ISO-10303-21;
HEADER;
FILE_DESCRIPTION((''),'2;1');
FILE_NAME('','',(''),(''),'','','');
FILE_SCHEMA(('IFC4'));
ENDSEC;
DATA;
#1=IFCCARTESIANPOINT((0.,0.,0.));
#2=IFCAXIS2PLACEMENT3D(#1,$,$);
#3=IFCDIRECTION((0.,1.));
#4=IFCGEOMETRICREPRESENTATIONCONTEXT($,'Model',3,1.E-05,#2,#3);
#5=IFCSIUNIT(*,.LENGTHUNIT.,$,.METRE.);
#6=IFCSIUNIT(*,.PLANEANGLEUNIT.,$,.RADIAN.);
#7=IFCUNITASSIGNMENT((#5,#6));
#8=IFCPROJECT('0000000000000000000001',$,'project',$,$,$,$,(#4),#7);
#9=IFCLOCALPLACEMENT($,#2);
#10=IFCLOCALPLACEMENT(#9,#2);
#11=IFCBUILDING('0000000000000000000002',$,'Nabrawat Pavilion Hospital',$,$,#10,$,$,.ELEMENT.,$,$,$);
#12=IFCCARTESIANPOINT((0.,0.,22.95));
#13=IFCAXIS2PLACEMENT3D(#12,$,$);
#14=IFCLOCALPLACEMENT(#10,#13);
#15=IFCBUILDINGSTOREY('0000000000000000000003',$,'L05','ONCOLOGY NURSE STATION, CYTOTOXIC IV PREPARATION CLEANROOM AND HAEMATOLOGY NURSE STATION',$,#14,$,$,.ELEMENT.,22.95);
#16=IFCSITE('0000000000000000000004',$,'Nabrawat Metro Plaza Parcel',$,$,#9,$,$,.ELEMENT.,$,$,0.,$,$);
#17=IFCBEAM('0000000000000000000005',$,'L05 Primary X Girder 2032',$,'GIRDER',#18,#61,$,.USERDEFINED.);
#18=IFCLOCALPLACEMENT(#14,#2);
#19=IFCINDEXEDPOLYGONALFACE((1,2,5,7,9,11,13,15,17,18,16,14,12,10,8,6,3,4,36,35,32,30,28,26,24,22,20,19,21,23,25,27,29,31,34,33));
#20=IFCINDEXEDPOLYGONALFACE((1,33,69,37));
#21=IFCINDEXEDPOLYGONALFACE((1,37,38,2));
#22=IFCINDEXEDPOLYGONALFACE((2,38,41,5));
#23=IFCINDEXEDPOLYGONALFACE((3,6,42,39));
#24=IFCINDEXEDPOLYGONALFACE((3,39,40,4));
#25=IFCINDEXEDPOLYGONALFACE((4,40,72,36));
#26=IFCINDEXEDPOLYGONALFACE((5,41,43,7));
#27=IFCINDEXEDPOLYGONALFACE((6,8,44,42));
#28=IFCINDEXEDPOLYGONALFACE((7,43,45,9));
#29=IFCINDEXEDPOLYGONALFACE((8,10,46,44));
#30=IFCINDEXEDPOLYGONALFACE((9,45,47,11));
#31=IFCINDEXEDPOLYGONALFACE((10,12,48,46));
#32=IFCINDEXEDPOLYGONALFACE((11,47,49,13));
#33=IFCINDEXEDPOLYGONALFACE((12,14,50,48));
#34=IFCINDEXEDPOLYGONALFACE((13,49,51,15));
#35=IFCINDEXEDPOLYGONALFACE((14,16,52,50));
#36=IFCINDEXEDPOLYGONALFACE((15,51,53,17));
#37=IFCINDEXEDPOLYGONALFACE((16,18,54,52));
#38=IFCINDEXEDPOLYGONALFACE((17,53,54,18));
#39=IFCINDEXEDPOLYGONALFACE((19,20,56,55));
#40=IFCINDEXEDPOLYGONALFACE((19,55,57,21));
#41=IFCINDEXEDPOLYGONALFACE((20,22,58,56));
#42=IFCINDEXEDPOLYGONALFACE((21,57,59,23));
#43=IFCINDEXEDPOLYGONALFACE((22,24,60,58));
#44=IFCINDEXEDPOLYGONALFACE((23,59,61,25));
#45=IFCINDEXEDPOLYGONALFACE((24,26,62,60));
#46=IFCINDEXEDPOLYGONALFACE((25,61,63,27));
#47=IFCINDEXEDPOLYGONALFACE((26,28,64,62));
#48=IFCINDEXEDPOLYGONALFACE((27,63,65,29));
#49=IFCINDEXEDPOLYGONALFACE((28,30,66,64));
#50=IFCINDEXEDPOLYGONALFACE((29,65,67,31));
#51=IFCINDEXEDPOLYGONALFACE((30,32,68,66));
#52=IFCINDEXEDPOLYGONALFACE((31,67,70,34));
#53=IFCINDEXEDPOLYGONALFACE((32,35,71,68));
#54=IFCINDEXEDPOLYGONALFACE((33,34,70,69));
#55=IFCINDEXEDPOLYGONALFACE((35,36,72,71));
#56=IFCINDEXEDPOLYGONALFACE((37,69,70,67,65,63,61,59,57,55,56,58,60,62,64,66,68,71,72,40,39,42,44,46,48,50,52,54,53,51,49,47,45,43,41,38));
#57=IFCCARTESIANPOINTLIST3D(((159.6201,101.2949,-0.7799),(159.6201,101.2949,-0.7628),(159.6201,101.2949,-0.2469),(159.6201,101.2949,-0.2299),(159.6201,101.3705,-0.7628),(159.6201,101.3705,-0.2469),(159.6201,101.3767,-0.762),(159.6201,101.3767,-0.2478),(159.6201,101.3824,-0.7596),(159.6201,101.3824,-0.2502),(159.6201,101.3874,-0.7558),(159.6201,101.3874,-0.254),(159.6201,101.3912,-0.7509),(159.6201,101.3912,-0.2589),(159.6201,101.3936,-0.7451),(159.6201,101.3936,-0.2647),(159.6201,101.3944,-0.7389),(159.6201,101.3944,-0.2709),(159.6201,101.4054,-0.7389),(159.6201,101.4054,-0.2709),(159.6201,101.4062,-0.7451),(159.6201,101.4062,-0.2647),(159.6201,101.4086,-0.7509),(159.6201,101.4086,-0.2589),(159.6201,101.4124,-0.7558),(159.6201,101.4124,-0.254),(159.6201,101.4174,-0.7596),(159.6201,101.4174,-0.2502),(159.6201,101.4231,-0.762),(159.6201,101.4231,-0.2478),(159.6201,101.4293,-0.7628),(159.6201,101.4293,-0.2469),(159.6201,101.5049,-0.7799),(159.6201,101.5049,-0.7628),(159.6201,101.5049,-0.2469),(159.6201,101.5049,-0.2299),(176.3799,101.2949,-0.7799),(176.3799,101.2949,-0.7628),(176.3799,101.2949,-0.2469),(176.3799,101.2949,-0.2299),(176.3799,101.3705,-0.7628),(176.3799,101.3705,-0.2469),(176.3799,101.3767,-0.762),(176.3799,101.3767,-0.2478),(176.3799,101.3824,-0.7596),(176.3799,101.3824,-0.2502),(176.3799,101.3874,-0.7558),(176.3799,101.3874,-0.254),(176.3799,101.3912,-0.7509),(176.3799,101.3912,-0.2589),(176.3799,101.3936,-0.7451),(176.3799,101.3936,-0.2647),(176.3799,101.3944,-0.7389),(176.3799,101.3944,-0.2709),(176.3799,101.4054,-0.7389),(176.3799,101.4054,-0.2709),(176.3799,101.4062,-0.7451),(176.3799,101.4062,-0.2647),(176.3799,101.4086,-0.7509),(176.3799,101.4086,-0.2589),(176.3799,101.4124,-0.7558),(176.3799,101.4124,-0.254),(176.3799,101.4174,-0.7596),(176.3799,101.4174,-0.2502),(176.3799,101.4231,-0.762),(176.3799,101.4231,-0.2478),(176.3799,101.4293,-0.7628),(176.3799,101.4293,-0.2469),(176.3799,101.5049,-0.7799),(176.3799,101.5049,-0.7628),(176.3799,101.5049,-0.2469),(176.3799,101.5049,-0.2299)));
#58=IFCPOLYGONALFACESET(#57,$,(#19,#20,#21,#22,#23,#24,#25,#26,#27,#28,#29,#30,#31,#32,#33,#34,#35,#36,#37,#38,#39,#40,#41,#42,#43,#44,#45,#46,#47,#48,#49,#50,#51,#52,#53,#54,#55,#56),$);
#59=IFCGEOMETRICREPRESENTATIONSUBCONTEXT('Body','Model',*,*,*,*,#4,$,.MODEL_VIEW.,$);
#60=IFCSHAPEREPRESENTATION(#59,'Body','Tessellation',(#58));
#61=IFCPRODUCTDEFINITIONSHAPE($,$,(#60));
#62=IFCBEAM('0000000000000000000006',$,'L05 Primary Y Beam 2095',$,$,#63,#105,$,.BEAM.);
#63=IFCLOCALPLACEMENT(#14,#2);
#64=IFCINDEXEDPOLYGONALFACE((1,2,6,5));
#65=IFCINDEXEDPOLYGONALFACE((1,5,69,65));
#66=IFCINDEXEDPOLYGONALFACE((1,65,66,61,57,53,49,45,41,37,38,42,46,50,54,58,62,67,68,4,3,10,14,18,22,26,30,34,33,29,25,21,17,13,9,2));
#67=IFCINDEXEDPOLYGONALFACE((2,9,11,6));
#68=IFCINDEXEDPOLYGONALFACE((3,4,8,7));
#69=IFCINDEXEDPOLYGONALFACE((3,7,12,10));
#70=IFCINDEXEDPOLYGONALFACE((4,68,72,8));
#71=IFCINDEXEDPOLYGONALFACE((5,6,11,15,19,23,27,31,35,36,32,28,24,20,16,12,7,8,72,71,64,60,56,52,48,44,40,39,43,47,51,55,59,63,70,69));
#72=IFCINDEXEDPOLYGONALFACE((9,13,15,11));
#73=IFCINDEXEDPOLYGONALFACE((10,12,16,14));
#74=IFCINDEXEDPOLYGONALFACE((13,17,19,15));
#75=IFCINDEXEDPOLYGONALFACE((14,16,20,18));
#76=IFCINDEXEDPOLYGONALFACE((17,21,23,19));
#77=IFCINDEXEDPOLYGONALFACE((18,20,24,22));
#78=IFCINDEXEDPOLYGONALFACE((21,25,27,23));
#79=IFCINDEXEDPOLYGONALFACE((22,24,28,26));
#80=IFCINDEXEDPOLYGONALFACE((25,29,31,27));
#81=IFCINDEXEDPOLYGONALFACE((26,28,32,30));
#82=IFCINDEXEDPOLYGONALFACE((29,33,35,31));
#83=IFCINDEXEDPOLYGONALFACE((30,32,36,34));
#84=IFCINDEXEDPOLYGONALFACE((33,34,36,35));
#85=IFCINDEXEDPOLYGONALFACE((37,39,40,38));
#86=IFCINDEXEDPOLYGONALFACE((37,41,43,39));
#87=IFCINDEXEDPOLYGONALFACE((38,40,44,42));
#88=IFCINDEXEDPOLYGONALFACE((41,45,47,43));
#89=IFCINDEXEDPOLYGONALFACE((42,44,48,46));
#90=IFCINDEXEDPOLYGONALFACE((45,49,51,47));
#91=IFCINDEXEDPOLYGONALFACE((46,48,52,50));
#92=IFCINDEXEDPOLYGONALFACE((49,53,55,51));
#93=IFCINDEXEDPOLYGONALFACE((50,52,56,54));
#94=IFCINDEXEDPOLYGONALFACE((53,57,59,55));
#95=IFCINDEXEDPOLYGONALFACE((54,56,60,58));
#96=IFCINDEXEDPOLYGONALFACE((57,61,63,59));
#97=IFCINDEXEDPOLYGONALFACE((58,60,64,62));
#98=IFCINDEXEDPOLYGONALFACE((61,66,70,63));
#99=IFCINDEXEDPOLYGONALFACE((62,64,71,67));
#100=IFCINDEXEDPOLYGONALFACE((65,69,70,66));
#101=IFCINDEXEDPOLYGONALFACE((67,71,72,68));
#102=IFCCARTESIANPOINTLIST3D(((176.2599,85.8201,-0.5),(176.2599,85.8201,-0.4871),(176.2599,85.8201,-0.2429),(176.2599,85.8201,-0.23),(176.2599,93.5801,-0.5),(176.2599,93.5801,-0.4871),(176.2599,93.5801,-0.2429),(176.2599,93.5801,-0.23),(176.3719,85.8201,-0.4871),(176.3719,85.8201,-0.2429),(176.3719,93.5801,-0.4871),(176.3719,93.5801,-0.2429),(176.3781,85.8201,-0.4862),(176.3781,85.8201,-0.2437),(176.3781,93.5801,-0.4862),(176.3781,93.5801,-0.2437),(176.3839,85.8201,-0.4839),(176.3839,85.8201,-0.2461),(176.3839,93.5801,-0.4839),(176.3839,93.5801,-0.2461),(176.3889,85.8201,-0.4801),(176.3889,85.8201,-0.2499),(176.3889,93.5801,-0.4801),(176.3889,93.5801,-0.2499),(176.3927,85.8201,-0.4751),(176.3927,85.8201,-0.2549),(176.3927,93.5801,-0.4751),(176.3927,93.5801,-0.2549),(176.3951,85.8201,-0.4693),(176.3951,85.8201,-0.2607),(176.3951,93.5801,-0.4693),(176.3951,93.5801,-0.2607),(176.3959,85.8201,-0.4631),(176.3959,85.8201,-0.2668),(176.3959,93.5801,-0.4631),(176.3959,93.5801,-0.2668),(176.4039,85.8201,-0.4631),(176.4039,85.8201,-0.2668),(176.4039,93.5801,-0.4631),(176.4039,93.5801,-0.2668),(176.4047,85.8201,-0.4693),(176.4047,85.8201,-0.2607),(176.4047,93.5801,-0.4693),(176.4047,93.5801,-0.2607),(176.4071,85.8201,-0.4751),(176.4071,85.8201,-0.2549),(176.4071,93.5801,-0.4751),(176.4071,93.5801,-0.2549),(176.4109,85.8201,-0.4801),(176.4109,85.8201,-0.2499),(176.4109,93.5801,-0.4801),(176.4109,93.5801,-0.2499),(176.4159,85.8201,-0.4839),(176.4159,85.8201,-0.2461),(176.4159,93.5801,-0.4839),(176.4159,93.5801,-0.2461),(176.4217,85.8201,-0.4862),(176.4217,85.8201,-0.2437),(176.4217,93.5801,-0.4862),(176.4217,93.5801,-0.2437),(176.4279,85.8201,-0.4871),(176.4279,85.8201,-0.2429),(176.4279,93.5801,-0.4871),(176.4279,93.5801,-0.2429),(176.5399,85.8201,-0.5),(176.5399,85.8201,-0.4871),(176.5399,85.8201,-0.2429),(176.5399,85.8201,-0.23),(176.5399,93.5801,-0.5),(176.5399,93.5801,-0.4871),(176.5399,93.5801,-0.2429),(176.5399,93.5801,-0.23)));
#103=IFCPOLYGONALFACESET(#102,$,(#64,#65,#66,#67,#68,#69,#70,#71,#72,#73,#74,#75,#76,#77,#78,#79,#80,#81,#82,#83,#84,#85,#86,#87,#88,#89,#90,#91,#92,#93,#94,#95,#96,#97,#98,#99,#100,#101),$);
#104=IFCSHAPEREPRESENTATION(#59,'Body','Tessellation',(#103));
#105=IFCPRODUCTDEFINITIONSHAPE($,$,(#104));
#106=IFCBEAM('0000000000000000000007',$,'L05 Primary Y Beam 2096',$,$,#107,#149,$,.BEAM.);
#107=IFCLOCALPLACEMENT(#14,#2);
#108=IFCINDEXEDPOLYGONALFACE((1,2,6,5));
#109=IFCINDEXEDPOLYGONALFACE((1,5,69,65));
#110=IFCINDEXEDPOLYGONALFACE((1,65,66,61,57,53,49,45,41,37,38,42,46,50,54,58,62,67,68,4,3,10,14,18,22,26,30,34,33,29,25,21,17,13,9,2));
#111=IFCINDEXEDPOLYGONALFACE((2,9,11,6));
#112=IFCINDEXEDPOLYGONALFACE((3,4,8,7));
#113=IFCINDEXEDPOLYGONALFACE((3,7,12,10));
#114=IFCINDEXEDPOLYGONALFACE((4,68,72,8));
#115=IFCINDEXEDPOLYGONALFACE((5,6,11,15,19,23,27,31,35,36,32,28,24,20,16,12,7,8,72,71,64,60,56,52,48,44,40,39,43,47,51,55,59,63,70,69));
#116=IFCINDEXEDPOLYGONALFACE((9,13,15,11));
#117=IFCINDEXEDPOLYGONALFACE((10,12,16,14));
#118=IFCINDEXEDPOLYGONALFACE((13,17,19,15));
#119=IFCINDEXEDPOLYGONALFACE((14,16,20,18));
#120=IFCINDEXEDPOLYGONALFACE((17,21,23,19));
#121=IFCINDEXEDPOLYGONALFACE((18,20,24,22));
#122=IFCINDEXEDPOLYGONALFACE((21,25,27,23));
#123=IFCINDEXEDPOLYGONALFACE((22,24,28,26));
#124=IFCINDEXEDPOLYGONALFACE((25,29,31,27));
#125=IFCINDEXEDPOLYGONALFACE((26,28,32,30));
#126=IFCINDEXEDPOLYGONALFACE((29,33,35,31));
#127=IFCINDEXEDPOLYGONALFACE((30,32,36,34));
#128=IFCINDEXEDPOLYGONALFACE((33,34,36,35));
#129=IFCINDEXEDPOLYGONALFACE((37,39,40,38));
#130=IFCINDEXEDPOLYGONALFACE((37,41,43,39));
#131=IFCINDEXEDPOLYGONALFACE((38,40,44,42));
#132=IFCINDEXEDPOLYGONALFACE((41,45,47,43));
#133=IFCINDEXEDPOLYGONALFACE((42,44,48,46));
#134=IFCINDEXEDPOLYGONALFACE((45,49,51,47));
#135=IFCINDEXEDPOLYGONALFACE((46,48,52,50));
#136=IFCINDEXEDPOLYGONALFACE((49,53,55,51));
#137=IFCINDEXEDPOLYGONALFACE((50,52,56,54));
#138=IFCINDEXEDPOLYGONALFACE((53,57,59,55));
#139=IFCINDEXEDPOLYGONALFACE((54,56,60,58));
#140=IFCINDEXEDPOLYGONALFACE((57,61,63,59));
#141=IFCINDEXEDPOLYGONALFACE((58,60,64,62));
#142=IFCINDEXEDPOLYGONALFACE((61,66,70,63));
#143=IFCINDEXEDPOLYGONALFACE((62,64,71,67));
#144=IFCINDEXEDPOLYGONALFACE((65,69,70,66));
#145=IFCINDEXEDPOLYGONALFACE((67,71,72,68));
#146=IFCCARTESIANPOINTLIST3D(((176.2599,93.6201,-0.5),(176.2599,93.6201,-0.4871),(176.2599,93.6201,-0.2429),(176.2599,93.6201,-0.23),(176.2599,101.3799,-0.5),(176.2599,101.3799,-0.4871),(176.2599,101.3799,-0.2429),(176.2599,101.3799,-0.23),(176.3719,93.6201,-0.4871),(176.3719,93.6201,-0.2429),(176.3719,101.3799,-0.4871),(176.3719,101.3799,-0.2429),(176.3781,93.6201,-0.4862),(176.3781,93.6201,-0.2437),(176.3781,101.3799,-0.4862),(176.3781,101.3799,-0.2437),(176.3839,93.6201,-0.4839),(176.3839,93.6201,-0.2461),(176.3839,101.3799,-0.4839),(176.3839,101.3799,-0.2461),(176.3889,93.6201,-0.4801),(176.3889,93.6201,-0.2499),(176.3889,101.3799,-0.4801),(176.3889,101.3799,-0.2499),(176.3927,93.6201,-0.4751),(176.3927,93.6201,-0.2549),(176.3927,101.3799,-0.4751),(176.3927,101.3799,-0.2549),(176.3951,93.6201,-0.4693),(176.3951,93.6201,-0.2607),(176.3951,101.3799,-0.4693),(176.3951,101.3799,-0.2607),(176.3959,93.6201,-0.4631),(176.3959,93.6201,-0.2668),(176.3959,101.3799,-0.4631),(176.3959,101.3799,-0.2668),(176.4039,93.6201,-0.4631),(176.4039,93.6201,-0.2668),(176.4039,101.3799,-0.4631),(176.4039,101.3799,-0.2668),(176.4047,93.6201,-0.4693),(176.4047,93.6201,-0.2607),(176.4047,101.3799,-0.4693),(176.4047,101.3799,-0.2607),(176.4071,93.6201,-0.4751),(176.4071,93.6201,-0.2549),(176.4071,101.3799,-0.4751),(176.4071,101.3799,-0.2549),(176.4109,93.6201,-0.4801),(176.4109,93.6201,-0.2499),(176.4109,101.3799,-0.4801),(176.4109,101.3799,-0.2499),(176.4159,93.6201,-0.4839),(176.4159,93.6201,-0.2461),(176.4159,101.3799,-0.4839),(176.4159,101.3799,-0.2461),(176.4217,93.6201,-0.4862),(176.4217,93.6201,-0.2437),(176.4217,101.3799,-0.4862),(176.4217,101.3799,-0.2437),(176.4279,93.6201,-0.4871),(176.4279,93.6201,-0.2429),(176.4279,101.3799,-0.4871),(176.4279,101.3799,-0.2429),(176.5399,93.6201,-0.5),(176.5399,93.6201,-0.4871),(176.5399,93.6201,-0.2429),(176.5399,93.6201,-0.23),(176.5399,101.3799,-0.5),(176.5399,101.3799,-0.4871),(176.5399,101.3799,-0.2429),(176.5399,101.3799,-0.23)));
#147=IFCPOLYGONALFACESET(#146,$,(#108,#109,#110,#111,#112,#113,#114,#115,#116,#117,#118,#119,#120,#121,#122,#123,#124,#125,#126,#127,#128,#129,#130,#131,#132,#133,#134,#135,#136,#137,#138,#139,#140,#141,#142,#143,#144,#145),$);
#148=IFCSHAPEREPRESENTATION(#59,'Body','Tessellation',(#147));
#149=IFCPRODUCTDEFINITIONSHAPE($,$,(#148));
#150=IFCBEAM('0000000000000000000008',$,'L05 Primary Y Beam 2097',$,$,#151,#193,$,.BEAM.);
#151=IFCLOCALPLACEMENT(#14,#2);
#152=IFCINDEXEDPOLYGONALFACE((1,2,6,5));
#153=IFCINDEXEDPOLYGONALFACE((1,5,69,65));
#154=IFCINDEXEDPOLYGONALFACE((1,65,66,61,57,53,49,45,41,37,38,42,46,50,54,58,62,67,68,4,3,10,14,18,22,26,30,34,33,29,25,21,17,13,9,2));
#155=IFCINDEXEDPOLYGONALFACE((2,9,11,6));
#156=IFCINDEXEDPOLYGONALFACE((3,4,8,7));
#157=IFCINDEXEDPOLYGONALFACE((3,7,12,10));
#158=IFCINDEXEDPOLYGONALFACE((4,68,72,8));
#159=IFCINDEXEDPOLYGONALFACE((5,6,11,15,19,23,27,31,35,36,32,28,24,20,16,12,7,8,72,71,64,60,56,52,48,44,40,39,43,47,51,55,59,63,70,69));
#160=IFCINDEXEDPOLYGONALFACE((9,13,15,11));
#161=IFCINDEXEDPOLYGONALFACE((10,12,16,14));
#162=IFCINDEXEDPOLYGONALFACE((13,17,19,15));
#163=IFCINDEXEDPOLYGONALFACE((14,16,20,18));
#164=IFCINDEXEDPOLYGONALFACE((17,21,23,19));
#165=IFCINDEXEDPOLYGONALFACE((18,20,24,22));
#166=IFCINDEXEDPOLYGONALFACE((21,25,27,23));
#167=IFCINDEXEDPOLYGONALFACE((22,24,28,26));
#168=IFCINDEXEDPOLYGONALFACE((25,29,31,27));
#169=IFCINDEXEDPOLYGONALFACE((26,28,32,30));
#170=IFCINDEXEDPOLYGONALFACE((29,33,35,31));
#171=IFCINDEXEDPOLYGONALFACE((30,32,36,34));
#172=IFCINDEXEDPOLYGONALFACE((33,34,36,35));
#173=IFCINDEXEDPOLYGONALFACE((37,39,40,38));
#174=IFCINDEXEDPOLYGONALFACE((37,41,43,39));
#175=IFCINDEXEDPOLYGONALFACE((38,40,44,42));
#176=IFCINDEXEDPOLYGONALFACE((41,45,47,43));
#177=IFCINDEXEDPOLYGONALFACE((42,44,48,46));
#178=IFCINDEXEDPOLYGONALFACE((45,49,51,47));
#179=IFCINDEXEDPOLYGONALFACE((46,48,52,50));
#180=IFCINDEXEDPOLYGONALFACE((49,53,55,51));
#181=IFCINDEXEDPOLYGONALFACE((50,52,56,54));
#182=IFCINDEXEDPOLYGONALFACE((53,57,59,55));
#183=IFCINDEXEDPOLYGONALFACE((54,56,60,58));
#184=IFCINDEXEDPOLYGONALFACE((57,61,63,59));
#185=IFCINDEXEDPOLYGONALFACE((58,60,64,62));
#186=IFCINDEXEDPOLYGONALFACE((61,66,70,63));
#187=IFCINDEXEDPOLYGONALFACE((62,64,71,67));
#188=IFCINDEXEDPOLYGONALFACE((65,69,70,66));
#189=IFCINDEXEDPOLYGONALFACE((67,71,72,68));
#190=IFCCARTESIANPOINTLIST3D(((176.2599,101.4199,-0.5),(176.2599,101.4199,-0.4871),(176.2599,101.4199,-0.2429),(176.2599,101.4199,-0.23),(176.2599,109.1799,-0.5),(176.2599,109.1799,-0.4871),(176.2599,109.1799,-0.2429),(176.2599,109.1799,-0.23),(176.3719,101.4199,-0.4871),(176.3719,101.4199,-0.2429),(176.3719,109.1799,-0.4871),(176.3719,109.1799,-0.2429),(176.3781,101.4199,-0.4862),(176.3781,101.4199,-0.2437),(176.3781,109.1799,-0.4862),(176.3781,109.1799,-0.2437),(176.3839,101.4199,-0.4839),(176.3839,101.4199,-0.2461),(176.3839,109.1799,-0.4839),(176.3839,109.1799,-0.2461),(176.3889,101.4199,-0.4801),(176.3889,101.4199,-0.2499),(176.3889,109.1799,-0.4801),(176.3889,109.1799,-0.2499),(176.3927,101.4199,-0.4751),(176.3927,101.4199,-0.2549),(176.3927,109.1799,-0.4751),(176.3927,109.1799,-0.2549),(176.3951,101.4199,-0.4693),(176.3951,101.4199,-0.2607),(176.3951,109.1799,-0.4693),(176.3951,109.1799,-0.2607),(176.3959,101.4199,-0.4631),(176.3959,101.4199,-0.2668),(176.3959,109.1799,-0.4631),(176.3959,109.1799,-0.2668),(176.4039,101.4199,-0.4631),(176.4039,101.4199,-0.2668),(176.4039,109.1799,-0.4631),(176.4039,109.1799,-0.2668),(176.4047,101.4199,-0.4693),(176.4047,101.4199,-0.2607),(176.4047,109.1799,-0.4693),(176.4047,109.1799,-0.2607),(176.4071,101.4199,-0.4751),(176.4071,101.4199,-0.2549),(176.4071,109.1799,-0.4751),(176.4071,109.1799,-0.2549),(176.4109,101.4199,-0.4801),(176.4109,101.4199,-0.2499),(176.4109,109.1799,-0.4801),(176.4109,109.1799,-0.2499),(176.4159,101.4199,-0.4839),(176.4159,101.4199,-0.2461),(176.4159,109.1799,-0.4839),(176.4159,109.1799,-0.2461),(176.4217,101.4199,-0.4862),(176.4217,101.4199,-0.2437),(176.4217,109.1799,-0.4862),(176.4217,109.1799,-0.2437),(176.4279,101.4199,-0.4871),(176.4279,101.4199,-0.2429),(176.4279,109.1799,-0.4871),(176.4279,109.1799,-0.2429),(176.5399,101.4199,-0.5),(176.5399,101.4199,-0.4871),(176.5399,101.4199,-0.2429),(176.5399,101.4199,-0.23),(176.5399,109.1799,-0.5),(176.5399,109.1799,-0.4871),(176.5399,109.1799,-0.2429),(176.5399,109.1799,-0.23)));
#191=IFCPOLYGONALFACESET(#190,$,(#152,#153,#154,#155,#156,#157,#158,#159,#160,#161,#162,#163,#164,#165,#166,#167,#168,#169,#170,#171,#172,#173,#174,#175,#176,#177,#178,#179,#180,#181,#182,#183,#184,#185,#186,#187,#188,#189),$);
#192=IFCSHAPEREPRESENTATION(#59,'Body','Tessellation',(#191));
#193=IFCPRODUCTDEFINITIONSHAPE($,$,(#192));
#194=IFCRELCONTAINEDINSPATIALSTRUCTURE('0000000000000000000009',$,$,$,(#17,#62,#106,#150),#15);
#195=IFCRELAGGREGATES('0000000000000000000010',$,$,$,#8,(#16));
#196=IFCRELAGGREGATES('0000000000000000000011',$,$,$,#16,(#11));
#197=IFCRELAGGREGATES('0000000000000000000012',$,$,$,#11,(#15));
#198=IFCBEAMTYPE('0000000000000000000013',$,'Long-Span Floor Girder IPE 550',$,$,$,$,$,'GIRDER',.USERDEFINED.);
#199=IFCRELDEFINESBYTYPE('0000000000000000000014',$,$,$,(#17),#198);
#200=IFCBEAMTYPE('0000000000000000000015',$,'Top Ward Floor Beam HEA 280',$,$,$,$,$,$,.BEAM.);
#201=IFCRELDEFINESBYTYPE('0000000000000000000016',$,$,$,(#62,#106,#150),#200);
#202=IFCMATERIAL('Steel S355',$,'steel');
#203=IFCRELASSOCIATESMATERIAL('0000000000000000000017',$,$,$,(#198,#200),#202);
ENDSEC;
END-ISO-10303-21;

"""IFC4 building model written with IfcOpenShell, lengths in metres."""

from ifc_helpers import new_model, si_unit, direction, frame, origin, origin_2d, place, context, subcontext, project, spatial, i_section, extrude, material, material_profile, profile_set, type_object, element, save


model = new_model("IFC4")

# Units and contexts
model_context = context("Model", 3, precision=1e-05, world=origin(), true_north=direction((0.0, 1.0)))
body_context = subcontext(model_context, "Body", "Model", "MODEL_VIEW")
ifc_project = project(units=[si_unit("LENGTHUNIT", "METRE"), si_unit("PLANEANGLEUNIT", "RADIAN")], contexts=[model_context])

# Site, building, storey
site_placement = place(None, origin())
site = spatial("IfcSite", under=ifc_project, at=site_placement, Name="Nabrawat Metro Plaza Parcel", CompositionType="ELEMENT", RefElevation=0.0)
building_placement = place(site_placement, origin())
building = spatial("IfcBuilding", under=site, at=building_placement, Name="Nabrawat Pavilion Hospital", CompositionType="ELEMENT")
storey_placement = place(building_placement, frame((0.0, 0.0, 22.95)))
storey = spatial("IfcBuildingStorey", under=building, at=storey_placement, Name="L05", Description="ONCOLOGY NURSE STATION, CYTOTOXIC IV PREPARATION CLEANROOM AND HAEMATOLOGY NURSE STATION", CompositionType="ELEMENT", Elevation=22.95)

# Shared definitions
ifc_material_1 = material(Name="Steel S355", Category="steel")

# Beams
ifc_material_profile_1 = material_profile(ifc_material_1, i_section(OverallWidth=0.21, OverallDepth=0.55, WebThickness=0.011, FlangeThickness=0.0171, FilletRadius=0.0239, at=origin_2d()), Name="IPE 550")
ifc_profile_set_1 = profile_set([ifc_material_profile_1], Name="Steel S355")
beam_type_1 = type_object("IfcBeamType", Name="Long-Span Floor Girder IPE 550", ElementType="GIRDER", PredefinedType="USERDEFINED", material=ifc_profile_set_1)
for number, where, z_axis, x_axis, name in (
    (1, (159.6201, 101.3999, -0.5049), (1.0, 0.0, 0.0), (0.0, 1.0, 0.0), "L05 Primary X Girder 2032"),
):
    element("IfcBeam", number, at=place(storey_placement, frame(where, z_axis=z_axis, x_axis=x_axis)), inside=storey, type_object=beam_type_1, Name=name, ObjectType="GIRDER", PredefinedType="USERDEFINED", context=body_context, shape_type="SweptSolid", body=[
        extrude(i_section(OverallWidth=0.21, OverallDepth=0.55, WebThickness=0.011, FlangeThickness=0.0171, FilletRadius=0.0239, at=origin_2d()), origin(), (0.0, 0.0, 1.0), 16.7598),
    ])
ifc_material_profile_2 = material_profile(ifc_material_1, i_section(OverallWidth=0.28, OverallDepth=0.27, WebThickness=0.0081, FlangeThickness=0.0129, FilletRadius=0.0239, at=origin_2d()), Name="HEA 280")
ifc_profile_set_2 = profile_set([ifc_material_profile_2], Name="Steel S355")
beam_type_2 = type_object("IfcBeamType", Name="Top Ward Floor Beam HEA 280", PredefinedType="BEAM", material=ifc_profile_set_2)
beam_1_placement = place(storey_placement, frame((176.3999, 85.8201, -0.365), z_axis=(0.0, 1.0, 0.0), x_axis=(-1.0, 0.0, 0.0)))
element("IfcBeam", 2, at=beam_1_placement, inside=storey, type_object=beam_type_2, Name="L05 Primary Y Beam 2095", PredefinedType="BEAM", context=body_context, shape_type="SweptSolid", body=[
    extrude(i_section(OverallWidth=0.28, OverallDepth=0.27, WebThickness=0.0081, FlangeThickness=0.0129, FilletRadius=0.0239, at=origin_2d()), origin(), (0.0, 0.0, 1.0), 7.76),
])
beam_2_placement = place(storey_placement, frame((176.3999, 93.6201, -0.365), z_axis=(0.0, 1.0, 0.0), x_axis=(-1.0, 0.0, 0.0)))
element("IfcBeam", 3, at=beam_2_placement, inside=storey, type_object=beam_type_2, Name="L05 Primary Y Beam 2096", PredefinedType="BEAM", context=body_context, shape_type="SweptSolid", body=[
    extrude(i_section(OverallWidth=0.28, OverallDepth=0.27, WebThickness=0.0081, FlangeThickness=0.0129, FilletRadius=0.0239, at=origin_2d()), origin(), (0.0, 0.0, 1.0), 7.7598),
])
beam_3_placement = place(storey_placement, frame((176.3999, 101.4199, -0.365), z_axis=(0.0, 1.0, 0.0), x_axis=(-1.0, 0.0, 0.0)))
element("IfcBeam", 4, at=beam_3_placement, inside=storey, type_object=beam_type_2, Name="L05 Primary Y Beam 2097", PredefinedType="BEAM", context=body_context, shape_type="SweptSolid", body=[
    extrude(i_section(OverallWidth=0.28, OverallDepth=0.27, WebThickness=0.0081, FlangeThickness=0.0129, FilletRadius=0.0239, at=origin_2d()), origin(), (0.0, 0.0, 1.0), 7.76),
])

save(model, "model.ifc")
